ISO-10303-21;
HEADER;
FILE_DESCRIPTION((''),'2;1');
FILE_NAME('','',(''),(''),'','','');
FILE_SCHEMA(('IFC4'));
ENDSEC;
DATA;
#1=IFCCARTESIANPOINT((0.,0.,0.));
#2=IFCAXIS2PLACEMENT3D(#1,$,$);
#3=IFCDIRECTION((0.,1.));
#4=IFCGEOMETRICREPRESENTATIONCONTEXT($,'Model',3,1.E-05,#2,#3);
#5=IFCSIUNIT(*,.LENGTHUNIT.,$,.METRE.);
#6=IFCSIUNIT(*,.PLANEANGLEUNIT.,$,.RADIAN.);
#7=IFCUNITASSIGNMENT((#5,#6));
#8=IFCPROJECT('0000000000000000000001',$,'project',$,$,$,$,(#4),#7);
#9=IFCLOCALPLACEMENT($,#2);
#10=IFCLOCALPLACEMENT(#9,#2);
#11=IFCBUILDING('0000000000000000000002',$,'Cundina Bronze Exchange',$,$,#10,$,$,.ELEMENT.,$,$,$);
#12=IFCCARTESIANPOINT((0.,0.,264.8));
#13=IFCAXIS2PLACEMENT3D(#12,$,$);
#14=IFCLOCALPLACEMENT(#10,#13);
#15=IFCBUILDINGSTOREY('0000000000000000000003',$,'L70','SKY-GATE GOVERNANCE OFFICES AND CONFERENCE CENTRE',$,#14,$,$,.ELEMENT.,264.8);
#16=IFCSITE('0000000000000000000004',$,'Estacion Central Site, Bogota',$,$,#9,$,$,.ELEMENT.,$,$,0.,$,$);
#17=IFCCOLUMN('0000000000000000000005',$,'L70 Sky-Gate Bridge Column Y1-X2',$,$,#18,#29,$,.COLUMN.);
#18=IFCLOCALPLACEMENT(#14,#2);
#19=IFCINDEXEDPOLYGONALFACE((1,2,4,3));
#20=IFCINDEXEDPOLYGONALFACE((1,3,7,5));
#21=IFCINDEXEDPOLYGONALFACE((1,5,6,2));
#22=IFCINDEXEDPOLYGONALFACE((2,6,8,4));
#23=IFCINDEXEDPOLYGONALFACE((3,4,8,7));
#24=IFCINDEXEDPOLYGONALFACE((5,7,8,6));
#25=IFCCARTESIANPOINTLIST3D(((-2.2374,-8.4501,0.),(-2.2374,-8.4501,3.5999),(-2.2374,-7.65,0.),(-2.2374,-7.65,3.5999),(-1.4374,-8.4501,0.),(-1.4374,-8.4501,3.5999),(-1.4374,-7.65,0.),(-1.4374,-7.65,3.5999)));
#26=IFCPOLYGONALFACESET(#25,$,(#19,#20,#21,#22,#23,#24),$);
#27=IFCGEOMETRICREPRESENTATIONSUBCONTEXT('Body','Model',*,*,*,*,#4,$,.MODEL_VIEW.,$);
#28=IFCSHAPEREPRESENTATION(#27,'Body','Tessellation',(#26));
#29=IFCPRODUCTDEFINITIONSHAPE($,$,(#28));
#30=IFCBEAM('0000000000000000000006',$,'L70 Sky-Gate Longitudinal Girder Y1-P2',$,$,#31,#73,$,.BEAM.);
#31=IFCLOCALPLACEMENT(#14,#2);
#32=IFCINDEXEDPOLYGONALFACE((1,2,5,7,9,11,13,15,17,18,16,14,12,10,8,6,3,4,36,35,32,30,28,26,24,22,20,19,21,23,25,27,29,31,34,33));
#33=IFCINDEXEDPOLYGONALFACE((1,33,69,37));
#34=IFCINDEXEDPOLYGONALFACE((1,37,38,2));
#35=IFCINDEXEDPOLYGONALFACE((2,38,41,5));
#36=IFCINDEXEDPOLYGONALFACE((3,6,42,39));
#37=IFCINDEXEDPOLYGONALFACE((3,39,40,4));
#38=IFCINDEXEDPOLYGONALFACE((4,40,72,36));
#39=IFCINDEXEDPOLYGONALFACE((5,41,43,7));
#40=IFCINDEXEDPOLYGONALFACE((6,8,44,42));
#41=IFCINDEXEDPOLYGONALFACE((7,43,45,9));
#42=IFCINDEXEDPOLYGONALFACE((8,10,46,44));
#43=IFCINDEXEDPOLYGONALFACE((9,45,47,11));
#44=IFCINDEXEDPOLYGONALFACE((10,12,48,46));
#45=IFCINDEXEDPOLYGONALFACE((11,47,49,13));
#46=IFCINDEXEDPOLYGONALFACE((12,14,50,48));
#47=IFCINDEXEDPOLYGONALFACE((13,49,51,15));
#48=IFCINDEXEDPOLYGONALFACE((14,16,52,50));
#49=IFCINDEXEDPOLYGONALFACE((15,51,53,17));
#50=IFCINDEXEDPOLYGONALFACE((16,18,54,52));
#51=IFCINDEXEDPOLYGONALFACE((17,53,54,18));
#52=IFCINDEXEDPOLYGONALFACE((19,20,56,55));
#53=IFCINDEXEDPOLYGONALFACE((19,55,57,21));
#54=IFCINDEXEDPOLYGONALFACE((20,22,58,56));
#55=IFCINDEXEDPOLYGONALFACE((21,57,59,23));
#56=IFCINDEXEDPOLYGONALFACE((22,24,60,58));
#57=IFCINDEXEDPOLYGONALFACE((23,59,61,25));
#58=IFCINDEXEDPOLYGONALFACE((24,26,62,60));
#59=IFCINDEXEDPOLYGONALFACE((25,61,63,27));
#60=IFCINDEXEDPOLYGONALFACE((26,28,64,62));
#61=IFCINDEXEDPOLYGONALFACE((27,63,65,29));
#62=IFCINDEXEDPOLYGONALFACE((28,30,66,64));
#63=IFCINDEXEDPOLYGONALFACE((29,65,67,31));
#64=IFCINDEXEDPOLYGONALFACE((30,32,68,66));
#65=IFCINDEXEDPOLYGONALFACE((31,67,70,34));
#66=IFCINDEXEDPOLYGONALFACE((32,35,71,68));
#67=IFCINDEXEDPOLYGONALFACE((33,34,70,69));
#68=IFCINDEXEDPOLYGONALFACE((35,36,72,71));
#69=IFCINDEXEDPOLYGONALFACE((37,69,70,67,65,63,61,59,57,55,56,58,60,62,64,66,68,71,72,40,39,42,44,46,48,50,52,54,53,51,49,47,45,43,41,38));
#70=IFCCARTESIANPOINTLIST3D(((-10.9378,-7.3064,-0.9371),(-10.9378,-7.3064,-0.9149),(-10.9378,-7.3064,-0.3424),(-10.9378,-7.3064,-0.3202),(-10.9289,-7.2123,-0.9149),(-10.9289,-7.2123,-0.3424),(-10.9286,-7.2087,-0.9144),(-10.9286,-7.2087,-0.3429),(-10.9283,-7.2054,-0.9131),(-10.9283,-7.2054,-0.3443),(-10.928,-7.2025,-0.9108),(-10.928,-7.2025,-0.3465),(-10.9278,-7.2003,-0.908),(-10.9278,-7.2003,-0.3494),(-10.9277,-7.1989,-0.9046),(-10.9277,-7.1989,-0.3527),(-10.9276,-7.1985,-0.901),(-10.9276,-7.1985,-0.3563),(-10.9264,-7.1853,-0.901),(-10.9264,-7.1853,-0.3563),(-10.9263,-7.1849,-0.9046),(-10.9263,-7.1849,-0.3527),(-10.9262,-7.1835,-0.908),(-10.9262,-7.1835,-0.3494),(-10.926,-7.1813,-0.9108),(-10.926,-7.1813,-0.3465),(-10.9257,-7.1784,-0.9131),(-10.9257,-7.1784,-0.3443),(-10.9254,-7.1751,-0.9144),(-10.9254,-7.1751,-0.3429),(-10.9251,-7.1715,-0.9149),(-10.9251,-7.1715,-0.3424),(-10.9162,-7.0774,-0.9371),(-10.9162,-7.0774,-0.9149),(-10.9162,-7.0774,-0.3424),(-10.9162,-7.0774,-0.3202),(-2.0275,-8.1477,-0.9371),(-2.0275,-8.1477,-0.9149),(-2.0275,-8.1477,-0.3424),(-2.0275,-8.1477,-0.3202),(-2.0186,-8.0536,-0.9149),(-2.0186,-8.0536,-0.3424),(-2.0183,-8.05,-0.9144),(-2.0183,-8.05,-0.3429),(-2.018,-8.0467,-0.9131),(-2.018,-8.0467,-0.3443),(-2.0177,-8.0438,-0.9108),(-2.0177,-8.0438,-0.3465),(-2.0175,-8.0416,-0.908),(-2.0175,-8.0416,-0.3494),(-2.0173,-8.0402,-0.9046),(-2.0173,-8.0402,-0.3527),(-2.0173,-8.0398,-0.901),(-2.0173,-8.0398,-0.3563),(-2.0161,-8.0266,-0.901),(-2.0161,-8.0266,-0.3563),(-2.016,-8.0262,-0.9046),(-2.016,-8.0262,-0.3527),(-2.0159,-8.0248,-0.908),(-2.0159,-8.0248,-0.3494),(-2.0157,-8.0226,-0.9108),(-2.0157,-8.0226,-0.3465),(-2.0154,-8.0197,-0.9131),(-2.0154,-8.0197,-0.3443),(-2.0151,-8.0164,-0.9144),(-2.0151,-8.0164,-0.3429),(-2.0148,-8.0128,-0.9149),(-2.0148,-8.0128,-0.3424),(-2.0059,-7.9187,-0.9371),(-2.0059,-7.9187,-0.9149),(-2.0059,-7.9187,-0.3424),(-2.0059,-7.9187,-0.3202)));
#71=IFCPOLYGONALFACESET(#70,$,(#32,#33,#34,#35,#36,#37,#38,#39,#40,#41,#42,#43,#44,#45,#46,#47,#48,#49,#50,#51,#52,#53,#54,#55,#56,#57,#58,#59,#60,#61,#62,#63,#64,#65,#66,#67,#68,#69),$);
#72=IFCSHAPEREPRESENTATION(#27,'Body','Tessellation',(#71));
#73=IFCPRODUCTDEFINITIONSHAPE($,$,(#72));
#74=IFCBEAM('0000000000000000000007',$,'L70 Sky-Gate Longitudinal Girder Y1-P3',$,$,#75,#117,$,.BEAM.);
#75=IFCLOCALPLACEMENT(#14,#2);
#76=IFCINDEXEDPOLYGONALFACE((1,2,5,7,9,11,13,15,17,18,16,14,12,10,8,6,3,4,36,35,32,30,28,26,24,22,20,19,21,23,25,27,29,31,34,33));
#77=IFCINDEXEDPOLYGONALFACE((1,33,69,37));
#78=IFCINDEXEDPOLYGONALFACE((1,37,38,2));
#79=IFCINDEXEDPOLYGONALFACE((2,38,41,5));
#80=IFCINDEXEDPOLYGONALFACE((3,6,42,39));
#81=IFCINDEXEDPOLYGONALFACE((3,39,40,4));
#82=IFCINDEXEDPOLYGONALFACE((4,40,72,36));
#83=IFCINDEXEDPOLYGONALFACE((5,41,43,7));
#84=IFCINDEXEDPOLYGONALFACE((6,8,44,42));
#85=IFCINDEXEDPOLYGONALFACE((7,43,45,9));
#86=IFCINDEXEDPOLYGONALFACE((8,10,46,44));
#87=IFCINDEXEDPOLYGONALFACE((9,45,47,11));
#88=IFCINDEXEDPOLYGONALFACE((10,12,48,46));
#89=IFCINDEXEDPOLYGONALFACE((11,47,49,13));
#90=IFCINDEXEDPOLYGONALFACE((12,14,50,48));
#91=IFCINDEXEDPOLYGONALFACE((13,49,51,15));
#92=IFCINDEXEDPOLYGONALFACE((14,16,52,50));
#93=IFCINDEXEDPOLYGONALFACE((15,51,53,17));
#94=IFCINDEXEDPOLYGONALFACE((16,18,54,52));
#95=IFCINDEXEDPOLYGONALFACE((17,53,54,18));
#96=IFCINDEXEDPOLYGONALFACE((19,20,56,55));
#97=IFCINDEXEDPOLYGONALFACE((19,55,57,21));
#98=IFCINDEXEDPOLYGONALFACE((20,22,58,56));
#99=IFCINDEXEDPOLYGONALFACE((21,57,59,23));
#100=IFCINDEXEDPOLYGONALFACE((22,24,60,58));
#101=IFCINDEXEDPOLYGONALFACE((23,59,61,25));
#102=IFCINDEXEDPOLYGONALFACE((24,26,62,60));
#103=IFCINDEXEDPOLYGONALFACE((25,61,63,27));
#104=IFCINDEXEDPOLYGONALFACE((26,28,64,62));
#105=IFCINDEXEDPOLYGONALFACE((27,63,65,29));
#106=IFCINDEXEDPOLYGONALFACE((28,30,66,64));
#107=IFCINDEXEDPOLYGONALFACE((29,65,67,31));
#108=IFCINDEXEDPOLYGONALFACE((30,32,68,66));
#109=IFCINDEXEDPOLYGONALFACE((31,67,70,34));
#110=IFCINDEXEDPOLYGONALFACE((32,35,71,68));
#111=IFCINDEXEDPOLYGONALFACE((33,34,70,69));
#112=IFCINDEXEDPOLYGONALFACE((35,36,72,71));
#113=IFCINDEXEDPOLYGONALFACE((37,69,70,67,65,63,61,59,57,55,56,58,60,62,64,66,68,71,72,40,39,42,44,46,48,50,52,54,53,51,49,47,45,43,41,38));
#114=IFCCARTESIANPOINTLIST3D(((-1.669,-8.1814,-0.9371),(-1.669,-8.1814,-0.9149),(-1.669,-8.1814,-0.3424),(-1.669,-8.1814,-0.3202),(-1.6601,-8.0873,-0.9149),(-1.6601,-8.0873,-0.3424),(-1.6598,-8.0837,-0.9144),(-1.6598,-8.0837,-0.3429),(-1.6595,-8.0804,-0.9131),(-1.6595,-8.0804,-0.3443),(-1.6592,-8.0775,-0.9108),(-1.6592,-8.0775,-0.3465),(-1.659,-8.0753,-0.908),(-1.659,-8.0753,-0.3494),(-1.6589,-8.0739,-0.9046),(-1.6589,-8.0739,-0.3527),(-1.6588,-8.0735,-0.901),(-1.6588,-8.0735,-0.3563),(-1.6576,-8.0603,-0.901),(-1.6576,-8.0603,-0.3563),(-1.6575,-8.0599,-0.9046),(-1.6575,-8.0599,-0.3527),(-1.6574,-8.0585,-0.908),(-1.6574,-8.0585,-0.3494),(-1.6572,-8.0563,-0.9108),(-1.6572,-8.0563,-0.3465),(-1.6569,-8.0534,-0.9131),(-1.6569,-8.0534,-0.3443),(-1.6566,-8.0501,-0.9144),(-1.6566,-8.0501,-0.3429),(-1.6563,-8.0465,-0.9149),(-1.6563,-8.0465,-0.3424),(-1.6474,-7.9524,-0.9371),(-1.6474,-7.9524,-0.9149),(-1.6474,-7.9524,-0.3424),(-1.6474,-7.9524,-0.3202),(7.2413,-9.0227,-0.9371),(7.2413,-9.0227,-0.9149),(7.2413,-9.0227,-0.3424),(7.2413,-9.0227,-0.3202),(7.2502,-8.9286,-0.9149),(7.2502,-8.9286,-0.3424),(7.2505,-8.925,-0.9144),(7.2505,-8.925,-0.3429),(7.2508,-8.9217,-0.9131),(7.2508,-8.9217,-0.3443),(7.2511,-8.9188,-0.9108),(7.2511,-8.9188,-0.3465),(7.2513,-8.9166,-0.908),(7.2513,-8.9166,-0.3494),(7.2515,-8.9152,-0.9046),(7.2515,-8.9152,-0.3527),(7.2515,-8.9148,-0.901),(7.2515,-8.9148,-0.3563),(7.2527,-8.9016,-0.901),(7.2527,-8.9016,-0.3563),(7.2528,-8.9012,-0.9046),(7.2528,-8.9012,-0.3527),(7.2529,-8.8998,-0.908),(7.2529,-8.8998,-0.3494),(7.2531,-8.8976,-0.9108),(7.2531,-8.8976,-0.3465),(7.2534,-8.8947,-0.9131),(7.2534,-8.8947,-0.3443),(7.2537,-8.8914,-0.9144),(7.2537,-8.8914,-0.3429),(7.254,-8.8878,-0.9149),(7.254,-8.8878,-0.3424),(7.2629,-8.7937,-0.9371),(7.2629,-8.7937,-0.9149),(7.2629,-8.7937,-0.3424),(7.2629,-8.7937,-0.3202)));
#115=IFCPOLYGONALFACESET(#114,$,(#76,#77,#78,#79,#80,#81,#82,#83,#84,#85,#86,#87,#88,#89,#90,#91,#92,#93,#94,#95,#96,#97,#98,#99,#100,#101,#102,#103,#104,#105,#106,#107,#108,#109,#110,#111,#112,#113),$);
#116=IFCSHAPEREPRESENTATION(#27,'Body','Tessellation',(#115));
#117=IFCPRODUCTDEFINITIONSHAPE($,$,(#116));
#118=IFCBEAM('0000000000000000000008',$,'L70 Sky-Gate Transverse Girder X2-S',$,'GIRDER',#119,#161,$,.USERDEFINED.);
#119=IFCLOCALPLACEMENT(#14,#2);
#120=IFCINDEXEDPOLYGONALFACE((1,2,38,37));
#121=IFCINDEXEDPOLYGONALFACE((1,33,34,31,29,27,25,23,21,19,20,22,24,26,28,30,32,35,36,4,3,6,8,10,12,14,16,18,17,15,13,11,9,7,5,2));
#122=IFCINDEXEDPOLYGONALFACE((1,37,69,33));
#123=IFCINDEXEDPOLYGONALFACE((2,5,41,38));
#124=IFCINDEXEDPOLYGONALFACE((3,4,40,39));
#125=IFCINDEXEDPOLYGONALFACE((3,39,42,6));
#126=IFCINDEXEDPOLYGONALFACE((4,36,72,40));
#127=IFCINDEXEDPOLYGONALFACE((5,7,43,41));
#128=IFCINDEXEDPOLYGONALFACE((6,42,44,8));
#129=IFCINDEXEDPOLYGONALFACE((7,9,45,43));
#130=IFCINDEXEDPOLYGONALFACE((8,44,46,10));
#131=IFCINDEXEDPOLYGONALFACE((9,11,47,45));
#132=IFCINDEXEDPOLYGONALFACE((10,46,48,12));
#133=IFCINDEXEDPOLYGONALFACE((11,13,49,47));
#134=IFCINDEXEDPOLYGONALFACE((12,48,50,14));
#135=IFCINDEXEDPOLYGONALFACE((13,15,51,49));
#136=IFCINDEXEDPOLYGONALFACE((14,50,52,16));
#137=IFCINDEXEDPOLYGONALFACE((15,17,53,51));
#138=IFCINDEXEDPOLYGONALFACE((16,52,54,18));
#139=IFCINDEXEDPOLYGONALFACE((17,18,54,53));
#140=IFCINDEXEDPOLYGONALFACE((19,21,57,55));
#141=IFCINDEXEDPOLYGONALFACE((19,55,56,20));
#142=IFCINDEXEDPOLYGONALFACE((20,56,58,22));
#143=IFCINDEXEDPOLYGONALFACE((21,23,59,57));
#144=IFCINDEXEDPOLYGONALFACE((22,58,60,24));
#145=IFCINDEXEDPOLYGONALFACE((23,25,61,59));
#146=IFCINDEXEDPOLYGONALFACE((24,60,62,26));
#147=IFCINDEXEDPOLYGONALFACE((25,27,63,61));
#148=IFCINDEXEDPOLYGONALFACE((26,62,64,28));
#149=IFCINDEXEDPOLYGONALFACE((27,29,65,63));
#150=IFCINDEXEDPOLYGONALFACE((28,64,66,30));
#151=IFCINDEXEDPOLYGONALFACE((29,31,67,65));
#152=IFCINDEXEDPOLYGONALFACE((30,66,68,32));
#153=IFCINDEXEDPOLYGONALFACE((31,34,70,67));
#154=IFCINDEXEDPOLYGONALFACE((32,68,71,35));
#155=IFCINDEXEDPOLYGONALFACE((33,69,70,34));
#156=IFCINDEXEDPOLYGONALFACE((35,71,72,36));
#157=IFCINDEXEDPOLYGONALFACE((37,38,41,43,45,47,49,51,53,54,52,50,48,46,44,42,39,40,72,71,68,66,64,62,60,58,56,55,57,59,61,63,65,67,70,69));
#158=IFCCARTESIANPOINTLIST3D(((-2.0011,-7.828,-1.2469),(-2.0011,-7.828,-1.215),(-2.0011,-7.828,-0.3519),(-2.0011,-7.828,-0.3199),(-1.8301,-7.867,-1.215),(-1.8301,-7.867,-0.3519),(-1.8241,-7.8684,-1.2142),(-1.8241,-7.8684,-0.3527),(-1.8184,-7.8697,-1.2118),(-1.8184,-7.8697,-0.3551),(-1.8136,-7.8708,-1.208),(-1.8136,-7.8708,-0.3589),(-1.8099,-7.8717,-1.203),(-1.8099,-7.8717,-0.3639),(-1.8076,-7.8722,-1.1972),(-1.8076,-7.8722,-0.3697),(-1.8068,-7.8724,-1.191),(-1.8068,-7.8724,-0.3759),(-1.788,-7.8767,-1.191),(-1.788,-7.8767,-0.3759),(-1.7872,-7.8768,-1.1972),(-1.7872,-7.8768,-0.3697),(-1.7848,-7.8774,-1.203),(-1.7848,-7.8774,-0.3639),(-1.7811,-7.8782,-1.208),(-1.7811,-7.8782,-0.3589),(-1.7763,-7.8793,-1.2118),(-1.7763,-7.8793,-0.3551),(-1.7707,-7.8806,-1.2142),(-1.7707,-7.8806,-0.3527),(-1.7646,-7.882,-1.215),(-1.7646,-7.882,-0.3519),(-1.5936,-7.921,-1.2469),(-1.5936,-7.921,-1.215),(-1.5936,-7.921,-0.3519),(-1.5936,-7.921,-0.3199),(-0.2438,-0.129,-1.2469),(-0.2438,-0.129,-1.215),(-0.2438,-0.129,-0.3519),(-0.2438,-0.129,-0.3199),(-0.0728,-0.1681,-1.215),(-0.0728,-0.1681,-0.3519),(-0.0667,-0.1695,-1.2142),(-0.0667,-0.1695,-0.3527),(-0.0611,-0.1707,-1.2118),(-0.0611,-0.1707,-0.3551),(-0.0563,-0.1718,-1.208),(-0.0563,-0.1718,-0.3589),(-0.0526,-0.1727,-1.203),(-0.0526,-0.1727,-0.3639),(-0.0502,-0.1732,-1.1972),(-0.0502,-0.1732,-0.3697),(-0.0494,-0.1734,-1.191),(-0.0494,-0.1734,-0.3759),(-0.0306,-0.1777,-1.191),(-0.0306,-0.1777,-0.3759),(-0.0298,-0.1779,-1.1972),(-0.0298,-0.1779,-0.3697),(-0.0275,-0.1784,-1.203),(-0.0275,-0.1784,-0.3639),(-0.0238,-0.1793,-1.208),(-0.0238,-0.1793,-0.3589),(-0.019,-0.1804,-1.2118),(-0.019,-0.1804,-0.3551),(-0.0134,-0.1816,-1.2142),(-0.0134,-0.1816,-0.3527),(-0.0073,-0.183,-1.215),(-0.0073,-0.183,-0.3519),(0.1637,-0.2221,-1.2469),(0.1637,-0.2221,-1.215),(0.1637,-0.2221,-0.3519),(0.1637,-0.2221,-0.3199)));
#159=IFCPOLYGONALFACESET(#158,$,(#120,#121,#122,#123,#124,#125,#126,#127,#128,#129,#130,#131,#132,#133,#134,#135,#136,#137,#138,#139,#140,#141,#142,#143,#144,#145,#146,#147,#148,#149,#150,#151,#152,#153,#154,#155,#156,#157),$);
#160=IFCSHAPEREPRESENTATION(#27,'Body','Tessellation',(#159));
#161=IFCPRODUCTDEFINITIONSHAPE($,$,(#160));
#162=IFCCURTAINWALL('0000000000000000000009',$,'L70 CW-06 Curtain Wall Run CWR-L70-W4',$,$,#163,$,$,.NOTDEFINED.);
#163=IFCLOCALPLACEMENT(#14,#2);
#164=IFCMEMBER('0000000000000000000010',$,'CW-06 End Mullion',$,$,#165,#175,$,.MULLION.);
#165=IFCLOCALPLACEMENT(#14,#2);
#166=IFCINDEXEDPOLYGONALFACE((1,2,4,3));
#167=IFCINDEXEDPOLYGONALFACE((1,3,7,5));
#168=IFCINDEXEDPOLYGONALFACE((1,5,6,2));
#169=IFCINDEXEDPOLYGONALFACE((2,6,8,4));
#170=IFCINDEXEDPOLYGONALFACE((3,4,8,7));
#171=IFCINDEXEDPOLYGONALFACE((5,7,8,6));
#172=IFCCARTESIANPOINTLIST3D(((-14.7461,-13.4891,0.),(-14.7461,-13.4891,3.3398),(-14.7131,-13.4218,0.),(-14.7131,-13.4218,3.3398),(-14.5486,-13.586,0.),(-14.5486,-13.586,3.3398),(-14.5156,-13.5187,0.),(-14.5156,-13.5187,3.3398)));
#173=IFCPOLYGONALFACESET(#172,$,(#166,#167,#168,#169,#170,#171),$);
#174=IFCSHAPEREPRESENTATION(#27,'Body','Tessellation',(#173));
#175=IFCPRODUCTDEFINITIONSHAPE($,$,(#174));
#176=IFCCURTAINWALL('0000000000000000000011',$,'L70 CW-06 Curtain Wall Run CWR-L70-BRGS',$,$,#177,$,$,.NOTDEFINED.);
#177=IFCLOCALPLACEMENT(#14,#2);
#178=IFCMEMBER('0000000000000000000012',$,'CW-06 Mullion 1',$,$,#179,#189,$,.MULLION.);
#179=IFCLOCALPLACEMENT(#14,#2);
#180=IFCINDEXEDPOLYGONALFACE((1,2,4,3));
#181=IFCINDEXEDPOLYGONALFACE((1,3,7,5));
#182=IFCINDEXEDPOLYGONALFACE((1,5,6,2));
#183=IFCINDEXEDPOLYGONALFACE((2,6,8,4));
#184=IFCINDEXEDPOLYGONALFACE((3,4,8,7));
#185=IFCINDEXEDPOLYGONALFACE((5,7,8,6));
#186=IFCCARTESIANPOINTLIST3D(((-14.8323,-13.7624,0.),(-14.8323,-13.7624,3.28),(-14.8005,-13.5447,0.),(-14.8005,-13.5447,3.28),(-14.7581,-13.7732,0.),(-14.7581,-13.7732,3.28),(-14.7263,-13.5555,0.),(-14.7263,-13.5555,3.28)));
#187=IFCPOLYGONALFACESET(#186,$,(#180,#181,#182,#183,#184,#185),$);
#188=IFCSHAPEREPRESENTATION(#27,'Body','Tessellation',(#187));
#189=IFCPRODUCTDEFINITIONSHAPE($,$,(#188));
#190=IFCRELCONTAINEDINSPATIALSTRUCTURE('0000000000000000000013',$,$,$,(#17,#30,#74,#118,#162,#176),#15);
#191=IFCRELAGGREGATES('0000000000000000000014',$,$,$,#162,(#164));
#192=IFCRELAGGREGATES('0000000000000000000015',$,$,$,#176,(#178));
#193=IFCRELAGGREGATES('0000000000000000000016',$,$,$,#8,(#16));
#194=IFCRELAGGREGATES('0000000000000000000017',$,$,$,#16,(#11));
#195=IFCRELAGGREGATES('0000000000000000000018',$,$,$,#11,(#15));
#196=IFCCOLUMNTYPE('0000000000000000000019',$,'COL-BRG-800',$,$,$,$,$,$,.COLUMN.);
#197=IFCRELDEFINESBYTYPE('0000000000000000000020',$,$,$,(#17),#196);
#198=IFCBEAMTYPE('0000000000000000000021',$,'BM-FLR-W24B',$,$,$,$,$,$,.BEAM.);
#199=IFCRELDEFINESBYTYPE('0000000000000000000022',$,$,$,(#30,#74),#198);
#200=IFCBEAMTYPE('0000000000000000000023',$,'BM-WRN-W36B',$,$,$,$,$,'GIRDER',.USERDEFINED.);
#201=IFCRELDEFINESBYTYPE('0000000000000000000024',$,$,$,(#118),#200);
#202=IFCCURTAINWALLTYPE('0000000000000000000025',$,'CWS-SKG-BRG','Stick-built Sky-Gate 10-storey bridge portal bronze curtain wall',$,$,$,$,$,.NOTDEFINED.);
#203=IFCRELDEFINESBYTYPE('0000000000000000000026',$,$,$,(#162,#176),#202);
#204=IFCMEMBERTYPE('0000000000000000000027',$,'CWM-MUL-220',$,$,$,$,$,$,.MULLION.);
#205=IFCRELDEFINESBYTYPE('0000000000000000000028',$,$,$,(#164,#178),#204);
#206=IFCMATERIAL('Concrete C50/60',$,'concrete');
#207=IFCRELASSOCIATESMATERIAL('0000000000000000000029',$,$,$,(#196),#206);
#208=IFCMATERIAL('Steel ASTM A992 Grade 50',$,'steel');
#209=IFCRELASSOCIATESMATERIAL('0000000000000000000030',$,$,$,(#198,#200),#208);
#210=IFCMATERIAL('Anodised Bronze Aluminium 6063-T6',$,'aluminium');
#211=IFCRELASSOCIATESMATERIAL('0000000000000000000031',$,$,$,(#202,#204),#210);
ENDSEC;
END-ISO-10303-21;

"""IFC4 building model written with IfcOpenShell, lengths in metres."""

from ifc_helpers import new_model, si_unit, direction, frame, origin, origin_2d, place, context, subcontext, project, spatial, rectangle, i_section, extrude, material, material_profile, profile_set, type_object, element, aggregate, save


model = new_model("IFC4")

# Units and contexts
model_context = context("Model", 3, precision=1e-05, world=origin(), true_north=direction((0.0, 1.0)))
body_context = subcontext(model_context, "Body", "Model", "MODEL_VIEW")
ifc_project = project(units=[si_unit("LENGTHUNIT", "METRE"), si_unit("PLANEANGLEUNIT", "RADIAN")], contexts=[model_context])

# Site, building, storey
site_placement = place(None, origin())
site = spatial("IfcSite", under=ifc_project, at=site_placement, Name="Estacion Central Site, Bogota", CompositionType="ELEMENT", RefElevation=0.0)
building_placement = place(site_placement, origin())
building = spatial("IfcBuilding", under=site, at=building_placement, Name="Cundina Bronze Exchange", CompositionType="ELEMENT")
storey_placement = place(building_placement, frame((0.0, 0.0, 264.8)))
storey = spatial("IfcBuildingStorey", under=building, at=storey_placement, Name="L70", Description="SKY-GATE GOVERNANCE OFFICES AND CONFERENCE CENTRE", CompositionType="ELEMENT", Elevation=264.8)

# Column
ifc_material_1 = material(Name="Concrete C50/60", Category="concrete")
ifc_material_profile_1 = material_profile(ifc_material_1, rectangle(XDim=0.8, YDim=0.8, at=origin_2d()), Name="RC800X800", Category="concrete")
ifc_profile_set_1 = profile_set([ifc_material_profile_1], Name="Concrete C50/60")
column_type = type_object("IfcColumnType", Name="COL-BRG-800", PredefinedType="COLUMN", material=ifc_profile_set_1)
column_placement = place(storey_placement, frame((-1.8374, -8.05, 0.0), z_axis=(0.0, 0.0, 1.0), x_axis=(1.0, 0.0, 0.0)))
element("IfcColumn", 1, at=column_placement, inside=storey, type_object=column_type, Name="L70 Sky-Gate Bridge Column Y1-X2", PredefinedType="COLUMN", context=body_context, shape_type="SweptSolid", body=[
    extrude(rectangle(XDim=0.8, YDim=0.8, at=origin_2d()), origin(), (0.0, 0.0, 1.0), 3.5999),
])

# Beams
ifc_material_2 = material(Name="Steel ASTM A992 Grade 50", Category="steel")
ifc_material_profile_2 = material_profile(ifc_material_2, i_section(OverallWidth=0.23, OverallDepth=0.6169, WebThickness=0.0132, FlangeThickness=0.0222, FilletRadius=0.0139, at=origin_2d()), Name="W24X94", Category="steel")
ifc_profile_set_2 = profile_set([ifc_material_profile_2], Name="Steel ASTM A992 Grade 50")
beam_type_1 = type_object("IfcBeamType", Name="BM-FLR-W24B", PredefinedType="BEAM", material=ifc_profile_set_2)
for number, where, z_axis, x_axis, name in (
    (2, (-10.927, -7.1919, -0.6287), (0.995572, -0.094001, 0.0), (0.094001, 0.995572, 0.0), "L70 Sky-Gate Longitudinal Girder Y1-P2"),
    (3, (-1.6582, -8.0669, -0.6287), (0.995572, -0.094001, 0.0), (0.094001, 0.995572, 0.0), "L70 Sky-Gate Longitudinal Girder Y1-P3"),
):
    element("IfcBeam", number, at=place(storey_placement, frame(where, z_axis=z_axis, x_axis=x_axis)), inside=storey, type_object=beam_type_1, Name=name, PredefinedType="BEAM", context=body_context, shape_type="SweptSolid", body=[
        extrude(i_section(OverallWidth=0.23, OverallDepth=0.6169, WebThickness=0.0132, FlangeThickness=0.0222, FilletRadius=0.0139, at=origin_2d()), origin(), (0.0, 0.0, 1.0), 8.95),
    ])
ifc_material_profile_3 = material_profile(ifc_material_2, i_section(OverallWidth=0.418, OverallDepth=0.927, WebThickness=0.0193, FlangeThickness=0.032, FilletRadius=0.0239, at=origin_2d()), Name="W36X231", Category="steel")
ifc_profile_set_3 = profile_set([ifc_material_profile_3], Name="Steel ASTM A992 Grade 50")
beam_type_2 = type_object("IfcBeamType", Name="BM-WRN-W36B", ElementType="GIRDER", PredefinedType="USERDEFINED", material=ifc_profile_set_3)
beam_placement = place(storey_placement, frame((-1.7974, -7.8745, -0.7834), z_axis=(0.222531, 0.974926, 0.0), x_axis=(-0.974926, 0.222531, 0.0)))
element("IfcBeam", 4, at=beam_placement, inside=storey, type_object=beam_type_2, Name="L70 Sky-Gate Transverse Girder X2-S", ObjectType="GIRDER", PredefinedType="USERDEFINED", context=body_context, shape_type="SweptSolid", body=[
    extrude(i_section(OverallWidth=0.418, OverallDepth=0.927, WebThickness=0.0193, FlangeThickness=0.032, FilletRadius=0.0239, at=origin_2d()), origin(), (0.0, 0.0, 1.0), 7.897),
])

# Curtain wall, member
ifc_material_3 = material(Name="Anodised Bronze Aluminium 6063-T6", Category="aluminium")
curtain_wall_type = type_object("IfcCurtainWallType", Name="CWS-SKG-BRG", Description="Stick-built Sky-Gate 10-storey bridge portal bronze curtain wall", PredefinedType="NOTDEFINED", material=ifc_material_3)
curtain_wall_1_placement = place(storey_placement, origin())
curtain_wall_1 = element("IfcCurtainWall", 5, at=curtain_wall_1_placement, inside=storey, type_object=curtain_wall_type, Name="L70 CW-06 Curtain Wall Run CWR-L70-W4", PredefinedType="NOTDEFINED")
ifc_material_profile_4 = material_profile(ifc_material_3, rectangle(XDim=0.075, YDim=0.22, at=origin_2d()), Name="AL75X220", Category="aluminium")
ifc_profile_set_4 = profile_set([ifc_material_profile_4], Name="Anodised Bronze Aluminium 6063-T6")
member_type_1 = type_object("IfcMemberType", Name="CWM-MUL-220", PredefinedType="MULLION", material=ifc_profile_set_4)
member_1_placement = place(storey_placement, frame((-14.6309, -13.5039, 0.0), z_axis=(0.0, 0.0, 1.0), x_axis=(0.440566, 0.89772, 0.0)))
member_1 = element("IfcMember", 6, at=member_1_placement, type_object=member_type_1, Name="CW-06 End Mullion", PredefinedType="MULLION", context=body_context, shape_type="SweptSolid", body=[
    extrude(rectangle(XDim=0.075, YDim=0.22, at=origin_2d()), origin(), (0.0, 0.0, 1.0), 3.3398),
])
aggregate(curtain_wall_1, [member_1])

# Curtain wall, member
curtain_wall_2_placement = place(storey_placement, origin())
curtain_wall_2 = element("IfcCurtainWall", 7, at=curtain_wall_2_placement, inside=storey, type_object=curtain_wall_type, Name="L70 CW-06 Curtain Wall Run CWR-L70-BRGS", PredefinedType="NOTDEFINED")
member_2_placement = place(storey_placement, frame((-14.7793, -13.6589, 0.0), z_axis=(0.0, 0.0, 1.0), x_axis=(0.989526, -0.144356, 0.0)))
member_2 = element("IfcMember", 8, at=member_2_placement, type_object=member_type_1, Name="CW-06 Mullion 1", PredefinedType="MULLION", context=body_context, shape_type="SweptSolid", body=[
    extrude(rectangle(XDim=0.075, YDim=0.22, at=origin_2d()), origin(), (0.0, 0.0, 1.0), 3.28),
])
aggregate(curtain_wall_2, [member_2])

save(model, "model.ifc")
